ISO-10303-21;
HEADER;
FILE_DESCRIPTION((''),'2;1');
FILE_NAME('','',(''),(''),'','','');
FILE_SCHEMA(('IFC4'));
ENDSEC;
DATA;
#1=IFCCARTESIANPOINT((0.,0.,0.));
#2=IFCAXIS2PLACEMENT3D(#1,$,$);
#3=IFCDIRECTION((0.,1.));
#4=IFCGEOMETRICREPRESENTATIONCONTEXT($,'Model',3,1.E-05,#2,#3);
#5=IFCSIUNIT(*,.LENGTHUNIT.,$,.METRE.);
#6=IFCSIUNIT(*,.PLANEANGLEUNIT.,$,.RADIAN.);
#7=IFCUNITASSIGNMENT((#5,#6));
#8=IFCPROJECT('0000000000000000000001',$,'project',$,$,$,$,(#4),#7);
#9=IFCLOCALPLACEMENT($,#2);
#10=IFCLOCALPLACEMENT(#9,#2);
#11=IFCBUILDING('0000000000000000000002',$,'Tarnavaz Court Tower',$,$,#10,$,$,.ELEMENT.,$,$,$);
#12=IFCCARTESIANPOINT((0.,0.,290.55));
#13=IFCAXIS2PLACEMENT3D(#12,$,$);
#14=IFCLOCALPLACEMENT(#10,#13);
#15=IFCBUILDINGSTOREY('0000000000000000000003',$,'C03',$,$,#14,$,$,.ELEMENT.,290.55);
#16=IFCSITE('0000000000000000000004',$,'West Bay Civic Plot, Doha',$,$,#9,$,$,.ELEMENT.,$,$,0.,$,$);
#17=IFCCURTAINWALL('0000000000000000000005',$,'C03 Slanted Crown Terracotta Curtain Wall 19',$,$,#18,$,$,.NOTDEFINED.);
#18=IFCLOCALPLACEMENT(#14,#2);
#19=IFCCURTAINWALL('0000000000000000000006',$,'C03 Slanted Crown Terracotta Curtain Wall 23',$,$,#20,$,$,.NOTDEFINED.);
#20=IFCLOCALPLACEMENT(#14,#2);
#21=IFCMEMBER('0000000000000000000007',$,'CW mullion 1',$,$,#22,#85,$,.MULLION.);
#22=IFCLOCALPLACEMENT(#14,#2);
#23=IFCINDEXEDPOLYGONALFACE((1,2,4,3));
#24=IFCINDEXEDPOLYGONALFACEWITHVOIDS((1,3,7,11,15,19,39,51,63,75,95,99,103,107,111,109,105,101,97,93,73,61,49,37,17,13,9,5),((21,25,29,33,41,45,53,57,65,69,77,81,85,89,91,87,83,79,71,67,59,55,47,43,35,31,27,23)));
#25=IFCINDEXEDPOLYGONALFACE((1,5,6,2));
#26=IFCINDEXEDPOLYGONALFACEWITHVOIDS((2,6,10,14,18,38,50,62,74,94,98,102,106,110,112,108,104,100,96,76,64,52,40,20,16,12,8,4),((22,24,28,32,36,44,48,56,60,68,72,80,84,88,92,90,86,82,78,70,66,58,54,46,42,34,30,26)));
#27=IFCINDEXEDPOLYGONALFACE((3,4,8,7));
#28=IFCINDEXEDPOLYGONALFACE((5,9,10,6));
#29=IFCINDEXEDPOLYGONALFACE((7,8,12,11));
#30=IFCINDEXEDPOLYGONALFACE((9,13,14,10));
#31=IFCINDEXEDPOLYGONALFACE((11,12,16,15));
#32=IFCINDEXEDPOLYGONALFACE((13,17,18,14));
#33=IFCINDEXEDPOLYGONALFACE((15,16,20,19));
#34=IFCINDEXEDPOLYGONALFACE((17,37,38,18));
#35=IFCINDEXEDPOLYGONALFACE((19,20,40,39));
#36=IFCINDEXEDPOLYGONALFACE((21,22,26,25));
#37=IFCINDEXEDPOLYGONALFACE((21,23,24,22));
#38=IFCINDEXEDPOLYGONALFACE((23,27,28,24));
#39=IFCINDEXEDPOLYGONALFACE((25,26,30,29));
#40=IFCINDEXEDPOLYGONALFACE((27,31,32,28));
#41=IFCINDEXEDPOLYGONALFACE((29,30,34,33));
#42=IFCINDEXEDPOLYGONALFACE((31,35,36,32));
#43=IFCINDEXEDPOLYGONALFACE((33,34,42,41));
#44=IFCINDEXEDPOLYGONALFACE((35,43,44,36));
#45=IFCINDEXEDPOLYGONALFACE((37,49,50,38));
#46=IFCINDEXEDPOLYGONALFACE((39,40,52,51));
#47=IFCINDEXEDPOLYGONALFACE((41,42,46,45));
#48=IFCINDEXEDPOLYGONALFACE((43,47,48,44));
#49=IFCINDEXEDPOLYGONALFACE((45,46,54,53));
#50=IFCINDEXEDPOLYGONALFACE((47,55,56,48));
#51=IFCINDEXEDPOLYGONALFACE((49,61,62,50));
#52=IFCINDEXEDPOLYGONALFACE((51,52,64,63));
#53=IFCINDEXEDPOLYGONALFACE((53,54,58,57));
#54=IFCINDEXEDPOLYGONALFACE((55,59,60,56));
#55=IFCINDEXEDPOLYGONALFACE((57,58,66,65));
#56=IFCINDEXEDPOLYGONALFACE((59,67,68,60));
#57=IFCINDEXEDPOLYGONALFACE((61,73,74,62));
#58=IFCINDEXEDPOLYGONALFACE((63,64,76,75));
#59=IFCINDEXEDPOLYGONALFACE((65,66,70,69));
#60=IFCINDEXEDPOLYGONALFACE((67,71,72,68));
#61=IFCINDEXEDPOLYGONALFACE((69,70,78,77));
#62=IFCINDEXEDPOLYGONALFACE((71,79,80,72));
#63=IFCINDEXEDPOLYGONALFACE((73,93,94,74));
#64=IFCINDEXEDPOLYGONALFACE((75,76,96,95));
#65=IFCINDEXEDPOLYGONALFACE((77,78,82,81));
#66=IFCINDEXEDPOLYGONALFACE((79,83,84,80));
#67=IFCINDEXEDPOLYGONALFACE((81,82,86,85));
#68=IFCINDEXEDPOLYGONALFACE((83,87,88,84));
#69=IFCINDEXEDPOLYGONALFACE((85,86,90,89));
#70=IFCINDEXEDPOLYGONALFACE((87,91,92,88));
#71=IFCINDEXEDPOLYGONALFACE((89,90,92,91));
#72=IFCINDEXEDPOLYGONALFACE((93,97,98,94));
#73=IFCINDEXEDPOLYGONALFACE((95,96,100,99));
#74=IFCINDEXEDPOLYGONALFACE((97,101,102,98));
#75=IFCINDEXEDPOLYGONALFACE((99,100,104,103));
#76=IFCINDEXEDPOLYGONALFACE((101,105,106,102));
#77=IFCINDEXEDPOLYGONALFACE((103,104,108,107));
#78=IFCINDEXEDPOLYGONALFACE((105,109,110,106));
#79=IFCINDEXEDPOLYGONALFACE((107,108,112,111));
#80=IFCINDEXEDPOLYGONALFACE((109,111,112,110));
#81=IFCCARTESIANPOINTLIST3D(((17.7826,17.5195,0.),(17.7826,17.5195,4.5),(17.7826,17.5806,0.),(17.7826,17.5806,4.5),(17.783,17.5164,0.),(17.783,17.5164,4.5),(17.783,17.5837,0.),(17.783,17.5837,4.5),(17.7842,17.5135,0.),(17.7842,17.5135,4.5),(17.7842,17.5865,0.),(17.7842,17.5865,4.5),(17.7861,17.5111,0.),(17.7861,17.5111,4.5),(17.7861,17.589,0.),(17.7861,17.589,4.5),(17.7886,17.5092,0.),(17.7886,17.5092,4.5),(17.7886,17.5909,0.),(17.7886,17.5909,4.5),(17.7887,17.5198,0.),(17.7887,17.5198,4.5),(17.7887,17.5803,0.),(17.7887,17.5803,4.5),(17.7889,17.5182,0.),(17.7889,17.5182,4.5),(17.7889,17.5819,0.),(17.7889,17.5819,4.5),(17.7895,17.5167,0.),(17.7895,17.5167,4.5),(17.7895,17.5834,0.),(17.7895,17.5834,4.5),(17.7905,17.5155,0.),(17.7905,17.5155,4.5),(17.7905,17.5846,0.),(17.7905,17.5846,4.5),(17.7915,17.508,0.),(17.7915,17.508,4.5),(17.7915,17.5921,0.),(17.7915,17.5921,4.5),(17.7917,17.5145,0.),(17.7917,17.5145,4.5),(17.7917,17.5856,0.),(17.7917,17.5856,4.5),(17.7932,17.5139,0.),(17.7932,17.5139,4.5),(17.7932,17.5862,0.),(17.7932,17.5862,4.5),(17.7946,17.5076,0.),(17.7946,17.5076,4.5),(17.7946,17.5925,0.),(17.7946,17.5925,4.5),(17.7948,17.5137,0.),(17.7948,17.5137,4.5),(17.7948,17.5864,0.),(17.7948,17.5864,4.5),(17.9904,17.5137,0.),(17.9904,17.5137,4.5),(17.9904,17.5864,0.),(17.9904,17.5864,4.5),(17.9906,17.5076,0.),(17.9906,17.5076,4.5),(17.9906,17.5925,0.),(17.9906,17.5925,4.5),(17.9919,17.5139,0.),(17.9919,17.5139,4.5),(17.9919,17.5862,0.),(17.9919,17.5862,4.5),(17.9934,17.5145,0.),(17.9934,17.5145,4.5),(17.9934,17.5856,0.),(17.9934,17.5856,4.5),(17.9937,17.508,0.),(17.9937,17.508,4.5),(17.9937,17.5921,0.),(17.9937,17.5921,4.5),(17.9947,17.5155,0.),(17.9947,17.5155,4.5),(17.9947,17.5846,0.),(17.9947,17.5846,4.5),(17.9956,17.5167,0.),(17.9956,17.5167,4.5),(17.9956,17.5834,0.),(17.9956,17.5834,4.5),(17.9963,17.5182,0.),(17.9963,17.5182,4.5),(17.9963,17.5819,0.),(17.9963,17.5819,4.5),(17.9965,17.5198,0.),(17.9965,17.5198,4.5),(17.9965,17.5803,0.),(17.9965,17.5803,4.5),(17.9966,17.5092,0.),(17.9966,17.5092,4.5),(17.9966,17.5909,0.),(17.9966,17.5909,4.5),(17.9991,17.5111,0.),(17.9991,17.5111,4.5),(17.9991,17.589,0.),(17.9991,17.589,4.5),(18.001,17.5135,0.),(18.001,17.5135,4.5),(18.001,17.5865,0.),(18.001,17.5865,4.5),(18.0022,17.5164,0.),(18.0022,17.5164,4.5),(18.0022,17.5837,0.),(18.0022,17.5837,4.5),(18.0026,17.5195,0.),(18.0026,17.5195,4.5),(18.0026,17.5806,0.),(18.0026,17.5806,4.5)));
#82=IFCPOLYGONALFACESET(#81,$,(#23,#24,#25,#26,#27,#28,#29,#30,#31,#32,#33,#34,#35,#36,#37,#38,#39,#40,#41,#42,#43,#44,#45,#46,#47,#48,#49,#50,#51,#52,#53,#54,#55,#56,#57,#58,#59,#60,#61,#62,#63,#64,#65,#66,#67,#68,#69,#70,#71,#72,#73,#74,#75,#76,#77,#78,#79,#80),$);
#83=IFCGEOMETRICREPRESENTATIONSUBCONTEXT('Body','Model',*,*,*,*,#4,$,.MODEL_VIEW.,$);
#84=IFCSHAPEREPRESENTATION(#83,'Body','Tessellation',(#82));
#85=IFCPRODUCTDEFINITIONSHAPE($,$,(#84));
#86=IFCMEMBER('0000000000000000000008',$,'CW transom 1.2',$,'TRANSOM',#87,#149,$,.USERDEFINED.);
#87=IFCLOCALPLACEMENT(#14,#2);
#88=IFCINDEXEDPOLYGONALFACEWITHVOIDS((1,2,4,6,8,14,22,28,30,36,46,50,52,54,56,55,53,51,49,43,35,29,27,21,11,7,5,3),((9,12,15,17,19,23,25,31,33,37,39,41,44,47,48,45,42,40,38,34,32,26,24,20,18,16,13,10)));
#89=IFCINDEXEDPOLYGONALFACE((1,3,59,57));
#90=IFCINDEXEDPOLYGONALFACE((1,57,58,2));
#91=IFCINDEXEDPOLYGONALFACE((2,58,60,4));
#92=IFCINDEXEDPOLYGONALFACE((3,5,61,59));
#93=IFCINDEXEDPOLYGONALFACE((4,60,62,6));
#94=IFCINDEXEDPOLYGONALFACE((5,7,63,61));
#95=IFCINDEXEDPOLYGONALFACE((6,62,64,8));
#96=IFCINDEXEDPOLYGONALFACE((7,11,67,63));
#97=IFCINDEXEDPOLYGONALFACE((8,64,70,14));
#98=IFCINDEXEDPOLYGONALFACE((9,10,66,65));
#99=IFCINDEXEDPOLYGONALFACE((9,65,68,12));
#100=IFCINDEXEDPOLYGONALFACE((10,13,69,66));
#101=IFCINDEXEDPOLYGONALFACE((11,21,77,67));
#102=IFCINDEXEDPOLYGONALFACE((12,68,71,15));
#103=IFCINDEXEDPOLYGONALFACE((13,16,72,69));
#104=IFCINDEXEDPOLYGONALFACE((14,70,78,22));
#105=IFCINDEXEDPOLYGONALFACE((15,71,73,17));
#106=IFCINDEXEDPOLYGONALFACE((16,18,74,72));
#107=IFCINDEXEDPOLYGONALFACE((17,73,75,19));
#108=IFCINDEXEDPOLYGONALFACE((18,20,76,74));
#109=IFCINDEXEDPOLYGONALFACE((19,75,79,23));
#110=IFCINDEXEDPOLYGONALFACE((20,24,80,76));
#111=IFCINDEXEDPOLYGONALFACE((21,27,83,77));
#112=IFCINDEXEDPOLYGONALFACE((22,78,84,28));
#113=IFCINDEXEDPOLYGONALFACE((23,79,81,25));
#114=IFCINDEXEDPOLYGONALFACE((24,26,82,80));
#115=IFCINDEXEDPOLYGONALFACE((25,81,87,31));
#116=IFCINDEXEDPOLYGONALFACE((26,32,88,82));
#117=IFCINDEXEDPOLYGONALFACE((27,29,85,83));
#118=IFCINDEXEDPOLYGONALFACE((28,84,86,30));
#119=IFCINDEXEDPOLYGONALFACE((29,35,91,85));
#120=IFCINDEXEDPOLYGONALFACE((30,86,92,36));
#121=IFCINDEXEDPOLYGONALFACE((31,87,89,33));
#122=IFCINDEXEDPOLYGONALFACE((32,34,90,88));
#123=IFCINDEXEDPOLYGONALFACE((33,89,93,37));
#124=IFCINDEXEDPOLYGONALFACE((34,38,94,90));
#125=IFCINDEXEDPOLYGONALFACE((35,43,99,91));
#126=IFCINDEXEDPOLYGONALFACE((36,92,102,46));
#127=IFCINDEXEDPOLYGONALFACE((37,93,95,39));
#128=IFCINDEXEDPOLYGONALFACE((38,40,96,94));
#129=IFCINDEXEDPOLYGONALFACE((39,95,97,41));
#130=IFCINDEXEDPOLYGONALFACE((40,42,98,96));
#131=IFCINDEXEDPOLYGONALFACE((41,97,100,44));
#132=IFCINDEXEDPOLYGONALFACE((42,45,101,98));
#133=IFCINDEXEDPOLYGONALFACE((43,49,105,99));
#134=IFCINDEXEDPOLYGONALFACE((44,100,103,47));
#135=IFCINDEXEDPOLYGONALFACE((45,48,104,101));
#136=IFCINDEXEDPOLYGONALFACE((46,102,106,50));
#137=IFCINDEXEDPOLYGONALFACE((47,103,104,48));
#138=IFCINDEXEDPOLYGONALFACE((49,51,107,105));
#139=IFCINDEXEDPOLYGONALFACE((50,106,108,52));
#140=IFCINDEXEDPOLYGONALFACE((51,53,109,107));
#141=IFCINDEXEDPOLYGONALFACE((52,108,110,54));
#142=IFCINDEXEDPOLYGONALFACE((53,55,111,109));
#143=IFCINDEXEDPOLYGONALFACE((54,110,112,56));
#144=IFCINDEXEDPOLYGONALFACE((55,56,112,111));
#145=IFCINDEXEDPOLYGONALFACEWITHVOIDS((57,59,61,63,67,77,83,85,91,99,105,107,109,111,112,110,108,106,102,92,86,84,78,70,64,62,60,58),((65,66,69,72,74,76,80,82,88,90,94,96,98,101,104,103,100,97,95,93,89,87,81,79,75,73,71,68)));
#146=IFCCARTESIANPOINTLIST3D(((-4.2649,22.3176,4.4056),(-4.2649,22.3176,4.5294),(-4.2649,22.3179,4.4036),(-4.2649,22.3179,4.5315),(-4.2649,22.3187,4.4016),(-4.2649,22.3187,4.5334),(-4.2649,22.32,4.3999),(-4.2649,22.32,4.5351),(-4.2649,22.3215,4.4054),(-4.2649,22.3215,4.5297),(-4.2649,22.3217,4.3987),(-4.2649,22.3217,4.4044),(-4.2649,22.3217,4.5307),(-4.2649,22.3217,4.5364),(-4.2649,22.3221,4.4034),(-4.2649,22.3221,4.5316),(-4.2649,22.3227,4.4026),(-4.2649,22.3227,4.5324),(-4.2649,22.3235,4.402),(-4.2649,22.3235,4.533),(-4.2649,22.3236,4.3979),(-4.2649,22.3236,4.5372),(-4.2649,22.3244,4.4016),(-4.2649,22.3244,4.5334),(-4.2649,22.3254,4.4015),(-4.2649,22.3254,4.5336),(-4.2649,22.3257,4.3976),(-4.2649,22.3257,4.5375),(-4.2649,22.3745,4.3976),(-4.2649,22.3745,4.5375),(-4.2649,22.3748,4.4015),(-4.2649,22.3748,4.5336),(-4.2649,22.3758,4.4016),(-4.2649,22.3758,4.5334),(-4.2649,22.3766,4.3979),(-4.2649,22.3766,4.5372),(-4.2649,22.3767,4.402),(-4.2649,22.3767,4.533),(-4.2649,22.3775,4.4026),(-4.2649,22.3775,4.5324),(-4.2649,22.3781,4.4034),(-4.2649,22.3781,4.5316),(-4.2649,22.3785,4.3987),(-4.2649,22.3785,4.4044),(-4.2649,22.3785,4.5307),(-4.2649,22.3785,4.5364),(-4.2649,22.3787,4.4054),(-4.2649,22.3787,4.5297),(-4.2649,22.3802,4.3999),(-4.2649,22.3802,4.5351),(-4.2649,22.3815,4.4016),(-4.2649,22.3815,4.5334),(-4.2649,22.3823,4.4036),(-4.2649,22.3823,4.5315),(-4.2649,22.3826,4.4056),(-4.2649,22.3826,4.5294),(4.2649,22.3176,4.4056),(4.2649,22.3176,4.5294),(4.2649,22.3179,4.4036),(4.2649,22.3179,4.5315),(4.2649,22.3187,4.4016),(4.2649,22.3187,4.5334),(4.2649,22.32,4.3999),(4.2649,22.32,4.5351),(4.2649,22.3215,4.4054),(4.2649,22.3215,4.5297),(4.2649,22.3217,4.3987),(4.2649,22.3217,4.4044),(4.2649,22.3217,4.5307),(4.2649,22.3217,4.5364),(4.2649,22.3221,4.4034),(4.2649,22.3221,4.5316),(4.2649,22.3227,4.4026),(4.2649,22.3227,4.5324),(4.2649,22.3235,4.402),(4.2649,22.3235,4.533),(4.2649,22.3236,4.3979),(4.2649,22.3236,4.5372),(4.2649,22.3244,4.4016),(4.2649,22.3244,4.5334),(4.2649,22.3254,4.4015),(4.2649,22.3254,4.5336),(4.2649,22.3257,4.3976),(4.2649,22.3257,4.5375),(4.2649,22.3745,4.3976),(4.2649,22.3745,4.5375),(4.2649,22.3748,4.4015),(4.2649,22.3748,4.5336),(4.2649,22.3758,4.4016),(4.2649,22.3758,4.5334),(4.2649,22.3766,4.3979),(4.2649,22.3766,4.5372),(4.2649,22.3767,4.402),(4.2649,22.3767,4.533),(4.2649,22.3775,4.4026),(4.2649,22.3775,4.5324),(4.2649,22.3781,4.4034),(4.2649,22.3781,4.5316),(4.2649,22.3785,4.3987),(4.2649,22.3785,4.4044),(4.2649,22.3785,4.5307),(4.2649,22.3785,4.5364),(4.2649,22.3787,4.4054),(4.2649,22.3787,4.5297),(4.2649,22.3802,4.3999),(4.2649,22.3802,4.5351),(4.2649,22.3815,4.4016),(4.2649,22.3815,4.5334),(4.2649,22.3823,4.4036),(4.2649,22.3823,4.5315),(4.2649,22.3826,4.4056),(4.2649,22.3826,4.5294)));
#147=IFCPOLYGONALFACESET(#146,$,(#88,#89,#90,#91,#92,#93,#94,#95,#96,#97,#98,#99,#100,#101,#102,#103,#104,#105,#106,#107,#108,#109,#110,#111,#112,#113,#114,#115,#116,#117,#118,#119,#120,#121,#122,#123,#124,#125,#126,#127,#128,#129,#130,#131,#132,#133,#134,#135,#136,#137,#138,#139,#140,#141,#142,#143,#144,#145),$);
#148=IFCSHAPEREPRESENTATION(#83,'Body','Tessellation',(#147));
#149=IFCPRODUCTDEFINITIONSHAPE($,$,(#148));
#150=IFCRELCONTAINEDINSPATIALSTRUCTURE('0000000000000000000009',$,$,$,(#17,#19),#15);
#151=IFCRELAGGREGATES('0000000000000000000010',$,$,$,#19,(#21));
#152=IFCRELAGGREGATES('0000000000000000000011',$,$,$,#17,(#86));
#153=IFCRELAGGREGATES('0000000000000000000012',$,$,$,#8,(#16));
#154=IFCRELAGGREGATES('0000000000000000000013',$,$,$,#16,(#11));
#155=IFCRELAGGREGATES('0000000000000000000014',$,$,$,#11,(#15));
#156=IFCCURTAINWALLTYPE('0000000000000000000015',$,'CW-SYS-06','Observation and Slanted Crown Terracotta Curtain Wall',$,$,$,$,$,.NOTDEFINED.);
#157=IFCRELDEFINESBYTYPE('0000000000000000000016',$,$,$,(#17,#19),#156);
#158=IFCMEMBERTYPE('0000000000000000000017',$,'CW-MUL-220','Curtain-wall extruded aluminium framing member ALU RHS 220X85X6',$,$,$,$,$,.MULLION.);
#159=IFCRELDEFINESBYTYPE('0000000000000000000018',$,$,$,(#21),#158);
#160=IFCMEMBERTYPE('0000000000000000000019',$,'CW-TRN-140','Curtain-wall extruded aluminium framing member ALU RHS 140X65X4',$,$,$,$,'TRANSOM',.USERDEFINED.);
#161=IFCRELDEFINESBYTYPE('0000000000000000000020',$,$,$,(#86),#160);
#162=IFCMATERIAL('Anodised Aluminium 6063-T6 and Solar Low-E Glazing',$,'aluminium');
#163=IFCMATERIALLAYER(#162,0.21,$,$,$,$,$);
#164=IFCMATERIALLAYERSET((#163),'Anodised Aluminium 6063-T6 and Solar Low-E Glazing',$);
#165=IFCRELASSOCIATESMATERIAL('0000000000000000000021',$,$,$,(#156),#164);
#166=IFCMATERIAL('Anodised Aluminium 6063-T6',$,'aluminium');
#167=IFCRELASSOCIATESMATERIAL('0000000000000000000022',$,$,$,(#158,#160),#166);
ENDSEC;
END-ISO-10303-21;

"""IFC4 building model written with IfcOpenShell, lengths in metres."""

from ifc_helpers import new_model, si_unit, direction, frame, origin, origin_2d, place, context, subcontext, project, spatial, hollow_rectangle, extrude, material, layer, layer_set, material_profile, profile_set, type_object, element, aggregate, save


model = new_model("IFC4")

# Units and contexts
model_context = context("Model", 3, precision=1e-05, world=origin(), true_north=direction((0.0, 1.0)))
body_context = subcontext(model_context, "Body", "Model", "MODEL_VIEW")
ifc_project = project(units=[si_unit("LENGTHUNIT", "METRE"), si_unit("PLANEANGLEUNIT", "RADIAN")], contexts=[model_context])

# Site, building, storey
site_placement = place(None, origin())
site = spatial("IfcSite", under=ifc_project, at=site_placement, Name="West Bay Civic Plot, Doha", CompositionType="ELEMENT", RefElevation=0.0)
building_placement = place(site_placement, origin())
building = spatial("IfcBuilding", under=site, at=building_placement, Name="Tarnavaz Court Tower", CompositionType="ELEMENT")
storey_placement = place(building_placement, frame((0.0, 0.0, 290.55)))
storey = spatial("IfcBuildingStorey", under=building, at=storey_placement, Name="C03", CompositionType="ELEMENT", Elevation=290.55)

# Curtain wall
ifc_material_1 = material(Name="Anodised Aluminium 6063-T6 and Solar Low-E Glazing", Category="aluminium")
ifc_layer_1 = layer(ifc_material_1, 0.21)
ifc_layer_set_1 = layer_set([ifc_layer_1], Name="Anodised Aluminium 6063-T6 and Solar Low-E Glazing")
curtain_wall_type = type_object("IfcCurtainWallType", Name="CW-SYS-06", Description="Observation and Slanted Crown Terracotta Curtain Wall", PredefinedType="NOTDEFINED", material=ifc_layer_set_1)
curtain_wall_1_placement = place(storey_placement, origin())
curtain_wall_1 = element("IfcCurtainWall", 1, at=curtain_wall_1_placement, inside=storey, type_object=curtain_wall_type, Name="C03 Slanted Crown Terracotta Curtain Wall 19", PredefinedType="NOTDEFINED")
ifc_material_2 = material(Name="Anodised Aluminium 6063-T6", Category="aluminium")
ifc_material_profile_1 = material_profile(ifc_material_2, hollow_rectangle(XDim=0.085, YDim=0.22, WallThickness=0.0061, InnerFilletRadius=0.0061, OuterFilletRadius=0.012, at=origin_2d()), Name="ALU RHS 220X85X6")
ifc_profile_set_1 = profile_set([ifc_material_profile_1], Name="Anodised Aluminium 6063-T6")
member_type_1 = type_object("IfcMemberType", Name="CW-MUL-220", Description="Curtain-wall extruded aluminium framing member ALU RHS 220X85X6", PredefinedType="MULLION", material=ifc_profile_set_1)

# Curtain wall, member
curtain_wall_2_placement = place(storey_placement, origin())
curtain_wall_2 = element("IfcCurtainWall", 2, at=curtain_wall_2_placement, inside=storey, type_object=curtain_wall_type, Name="C03 Slanted Crown Terracotta Curtain Wall 23", PredefinedType="NOTDEFINED")
member_1_placement = place(storey_placement, frame((17.8926, 17.55, 0.0), z_axis=(0.0, 0.0, 1.0), x_axis=(0.0, 1.0, 0.0)))
member_1 = element("IfcMember", 3, at=member_1_placement, type_object=member_type_1, Name="CW mullion 1", PredefinedType="MULLION", context=body_context, shape_type="SweptSolid", body=[
    extrude(hollow_rectangle(XDim=0.085, YDim=0.22, WallThickness=0.0061, InnerFilletRadius=0.0061, OuterFilletRadius=0.012, at=origin_2d()), origin(), (0.0, 0.0, 1.0), 4.5),
])

# Member
ifc_material_profile_2 = material_profile(ifc_material_2, hollow_rectangle(XDim=0.0649, YDim=0.1399, WallThickness=0.0039, InnerFilletRadius=0.0039, OuterFilletRadius=0.0081, at=origin_2d()), Name="ALU RHS 140X65X4")
ifc_profile_set_2 = profile_set([ifc_material_profile_2], Name="Anodised Aluminium 6063-T6")
member_type_2 = type_object("IfcMemberType", Name="CW-TRN-140", Description="Curtain-wall extruded aluminium framing member ALU RHS 140X65X4", ElementType="TRANSOM", PredefinedType="USERDEFINED", material=ifc_profile_set_2)
member_2_placement = place(storey_placement, frame((-4.2649, 22.3501, 4.4675), z_axis=(1.0, 0.0, 0.0), x_axis=(0.0, 1.0, 0.0)))
member_2 = element("IfcMember", 4, at=member_2_placement, type_object=member_type_2, Name="CW transom 1.2", ObjectType="TRANSOM", PredefinedType="USERDEFINED", context=body_context, shape_type="SweptSolid", body=[
    extrude(hollow_rectangle(XDim=0.0649, YDim=0.1399, WallThickness=0.0039, InnerFilletRadius=0.0039, OuterFilletRadius=0.0081, at=origin_2d()), origin(), (0.0, 0.0, 1.0), 8.5298),
])
aggregate(curtain_wall_2, [member_1])

aggregate(curtain_wall_1, [member_2])

save(model, "model.ifc")
